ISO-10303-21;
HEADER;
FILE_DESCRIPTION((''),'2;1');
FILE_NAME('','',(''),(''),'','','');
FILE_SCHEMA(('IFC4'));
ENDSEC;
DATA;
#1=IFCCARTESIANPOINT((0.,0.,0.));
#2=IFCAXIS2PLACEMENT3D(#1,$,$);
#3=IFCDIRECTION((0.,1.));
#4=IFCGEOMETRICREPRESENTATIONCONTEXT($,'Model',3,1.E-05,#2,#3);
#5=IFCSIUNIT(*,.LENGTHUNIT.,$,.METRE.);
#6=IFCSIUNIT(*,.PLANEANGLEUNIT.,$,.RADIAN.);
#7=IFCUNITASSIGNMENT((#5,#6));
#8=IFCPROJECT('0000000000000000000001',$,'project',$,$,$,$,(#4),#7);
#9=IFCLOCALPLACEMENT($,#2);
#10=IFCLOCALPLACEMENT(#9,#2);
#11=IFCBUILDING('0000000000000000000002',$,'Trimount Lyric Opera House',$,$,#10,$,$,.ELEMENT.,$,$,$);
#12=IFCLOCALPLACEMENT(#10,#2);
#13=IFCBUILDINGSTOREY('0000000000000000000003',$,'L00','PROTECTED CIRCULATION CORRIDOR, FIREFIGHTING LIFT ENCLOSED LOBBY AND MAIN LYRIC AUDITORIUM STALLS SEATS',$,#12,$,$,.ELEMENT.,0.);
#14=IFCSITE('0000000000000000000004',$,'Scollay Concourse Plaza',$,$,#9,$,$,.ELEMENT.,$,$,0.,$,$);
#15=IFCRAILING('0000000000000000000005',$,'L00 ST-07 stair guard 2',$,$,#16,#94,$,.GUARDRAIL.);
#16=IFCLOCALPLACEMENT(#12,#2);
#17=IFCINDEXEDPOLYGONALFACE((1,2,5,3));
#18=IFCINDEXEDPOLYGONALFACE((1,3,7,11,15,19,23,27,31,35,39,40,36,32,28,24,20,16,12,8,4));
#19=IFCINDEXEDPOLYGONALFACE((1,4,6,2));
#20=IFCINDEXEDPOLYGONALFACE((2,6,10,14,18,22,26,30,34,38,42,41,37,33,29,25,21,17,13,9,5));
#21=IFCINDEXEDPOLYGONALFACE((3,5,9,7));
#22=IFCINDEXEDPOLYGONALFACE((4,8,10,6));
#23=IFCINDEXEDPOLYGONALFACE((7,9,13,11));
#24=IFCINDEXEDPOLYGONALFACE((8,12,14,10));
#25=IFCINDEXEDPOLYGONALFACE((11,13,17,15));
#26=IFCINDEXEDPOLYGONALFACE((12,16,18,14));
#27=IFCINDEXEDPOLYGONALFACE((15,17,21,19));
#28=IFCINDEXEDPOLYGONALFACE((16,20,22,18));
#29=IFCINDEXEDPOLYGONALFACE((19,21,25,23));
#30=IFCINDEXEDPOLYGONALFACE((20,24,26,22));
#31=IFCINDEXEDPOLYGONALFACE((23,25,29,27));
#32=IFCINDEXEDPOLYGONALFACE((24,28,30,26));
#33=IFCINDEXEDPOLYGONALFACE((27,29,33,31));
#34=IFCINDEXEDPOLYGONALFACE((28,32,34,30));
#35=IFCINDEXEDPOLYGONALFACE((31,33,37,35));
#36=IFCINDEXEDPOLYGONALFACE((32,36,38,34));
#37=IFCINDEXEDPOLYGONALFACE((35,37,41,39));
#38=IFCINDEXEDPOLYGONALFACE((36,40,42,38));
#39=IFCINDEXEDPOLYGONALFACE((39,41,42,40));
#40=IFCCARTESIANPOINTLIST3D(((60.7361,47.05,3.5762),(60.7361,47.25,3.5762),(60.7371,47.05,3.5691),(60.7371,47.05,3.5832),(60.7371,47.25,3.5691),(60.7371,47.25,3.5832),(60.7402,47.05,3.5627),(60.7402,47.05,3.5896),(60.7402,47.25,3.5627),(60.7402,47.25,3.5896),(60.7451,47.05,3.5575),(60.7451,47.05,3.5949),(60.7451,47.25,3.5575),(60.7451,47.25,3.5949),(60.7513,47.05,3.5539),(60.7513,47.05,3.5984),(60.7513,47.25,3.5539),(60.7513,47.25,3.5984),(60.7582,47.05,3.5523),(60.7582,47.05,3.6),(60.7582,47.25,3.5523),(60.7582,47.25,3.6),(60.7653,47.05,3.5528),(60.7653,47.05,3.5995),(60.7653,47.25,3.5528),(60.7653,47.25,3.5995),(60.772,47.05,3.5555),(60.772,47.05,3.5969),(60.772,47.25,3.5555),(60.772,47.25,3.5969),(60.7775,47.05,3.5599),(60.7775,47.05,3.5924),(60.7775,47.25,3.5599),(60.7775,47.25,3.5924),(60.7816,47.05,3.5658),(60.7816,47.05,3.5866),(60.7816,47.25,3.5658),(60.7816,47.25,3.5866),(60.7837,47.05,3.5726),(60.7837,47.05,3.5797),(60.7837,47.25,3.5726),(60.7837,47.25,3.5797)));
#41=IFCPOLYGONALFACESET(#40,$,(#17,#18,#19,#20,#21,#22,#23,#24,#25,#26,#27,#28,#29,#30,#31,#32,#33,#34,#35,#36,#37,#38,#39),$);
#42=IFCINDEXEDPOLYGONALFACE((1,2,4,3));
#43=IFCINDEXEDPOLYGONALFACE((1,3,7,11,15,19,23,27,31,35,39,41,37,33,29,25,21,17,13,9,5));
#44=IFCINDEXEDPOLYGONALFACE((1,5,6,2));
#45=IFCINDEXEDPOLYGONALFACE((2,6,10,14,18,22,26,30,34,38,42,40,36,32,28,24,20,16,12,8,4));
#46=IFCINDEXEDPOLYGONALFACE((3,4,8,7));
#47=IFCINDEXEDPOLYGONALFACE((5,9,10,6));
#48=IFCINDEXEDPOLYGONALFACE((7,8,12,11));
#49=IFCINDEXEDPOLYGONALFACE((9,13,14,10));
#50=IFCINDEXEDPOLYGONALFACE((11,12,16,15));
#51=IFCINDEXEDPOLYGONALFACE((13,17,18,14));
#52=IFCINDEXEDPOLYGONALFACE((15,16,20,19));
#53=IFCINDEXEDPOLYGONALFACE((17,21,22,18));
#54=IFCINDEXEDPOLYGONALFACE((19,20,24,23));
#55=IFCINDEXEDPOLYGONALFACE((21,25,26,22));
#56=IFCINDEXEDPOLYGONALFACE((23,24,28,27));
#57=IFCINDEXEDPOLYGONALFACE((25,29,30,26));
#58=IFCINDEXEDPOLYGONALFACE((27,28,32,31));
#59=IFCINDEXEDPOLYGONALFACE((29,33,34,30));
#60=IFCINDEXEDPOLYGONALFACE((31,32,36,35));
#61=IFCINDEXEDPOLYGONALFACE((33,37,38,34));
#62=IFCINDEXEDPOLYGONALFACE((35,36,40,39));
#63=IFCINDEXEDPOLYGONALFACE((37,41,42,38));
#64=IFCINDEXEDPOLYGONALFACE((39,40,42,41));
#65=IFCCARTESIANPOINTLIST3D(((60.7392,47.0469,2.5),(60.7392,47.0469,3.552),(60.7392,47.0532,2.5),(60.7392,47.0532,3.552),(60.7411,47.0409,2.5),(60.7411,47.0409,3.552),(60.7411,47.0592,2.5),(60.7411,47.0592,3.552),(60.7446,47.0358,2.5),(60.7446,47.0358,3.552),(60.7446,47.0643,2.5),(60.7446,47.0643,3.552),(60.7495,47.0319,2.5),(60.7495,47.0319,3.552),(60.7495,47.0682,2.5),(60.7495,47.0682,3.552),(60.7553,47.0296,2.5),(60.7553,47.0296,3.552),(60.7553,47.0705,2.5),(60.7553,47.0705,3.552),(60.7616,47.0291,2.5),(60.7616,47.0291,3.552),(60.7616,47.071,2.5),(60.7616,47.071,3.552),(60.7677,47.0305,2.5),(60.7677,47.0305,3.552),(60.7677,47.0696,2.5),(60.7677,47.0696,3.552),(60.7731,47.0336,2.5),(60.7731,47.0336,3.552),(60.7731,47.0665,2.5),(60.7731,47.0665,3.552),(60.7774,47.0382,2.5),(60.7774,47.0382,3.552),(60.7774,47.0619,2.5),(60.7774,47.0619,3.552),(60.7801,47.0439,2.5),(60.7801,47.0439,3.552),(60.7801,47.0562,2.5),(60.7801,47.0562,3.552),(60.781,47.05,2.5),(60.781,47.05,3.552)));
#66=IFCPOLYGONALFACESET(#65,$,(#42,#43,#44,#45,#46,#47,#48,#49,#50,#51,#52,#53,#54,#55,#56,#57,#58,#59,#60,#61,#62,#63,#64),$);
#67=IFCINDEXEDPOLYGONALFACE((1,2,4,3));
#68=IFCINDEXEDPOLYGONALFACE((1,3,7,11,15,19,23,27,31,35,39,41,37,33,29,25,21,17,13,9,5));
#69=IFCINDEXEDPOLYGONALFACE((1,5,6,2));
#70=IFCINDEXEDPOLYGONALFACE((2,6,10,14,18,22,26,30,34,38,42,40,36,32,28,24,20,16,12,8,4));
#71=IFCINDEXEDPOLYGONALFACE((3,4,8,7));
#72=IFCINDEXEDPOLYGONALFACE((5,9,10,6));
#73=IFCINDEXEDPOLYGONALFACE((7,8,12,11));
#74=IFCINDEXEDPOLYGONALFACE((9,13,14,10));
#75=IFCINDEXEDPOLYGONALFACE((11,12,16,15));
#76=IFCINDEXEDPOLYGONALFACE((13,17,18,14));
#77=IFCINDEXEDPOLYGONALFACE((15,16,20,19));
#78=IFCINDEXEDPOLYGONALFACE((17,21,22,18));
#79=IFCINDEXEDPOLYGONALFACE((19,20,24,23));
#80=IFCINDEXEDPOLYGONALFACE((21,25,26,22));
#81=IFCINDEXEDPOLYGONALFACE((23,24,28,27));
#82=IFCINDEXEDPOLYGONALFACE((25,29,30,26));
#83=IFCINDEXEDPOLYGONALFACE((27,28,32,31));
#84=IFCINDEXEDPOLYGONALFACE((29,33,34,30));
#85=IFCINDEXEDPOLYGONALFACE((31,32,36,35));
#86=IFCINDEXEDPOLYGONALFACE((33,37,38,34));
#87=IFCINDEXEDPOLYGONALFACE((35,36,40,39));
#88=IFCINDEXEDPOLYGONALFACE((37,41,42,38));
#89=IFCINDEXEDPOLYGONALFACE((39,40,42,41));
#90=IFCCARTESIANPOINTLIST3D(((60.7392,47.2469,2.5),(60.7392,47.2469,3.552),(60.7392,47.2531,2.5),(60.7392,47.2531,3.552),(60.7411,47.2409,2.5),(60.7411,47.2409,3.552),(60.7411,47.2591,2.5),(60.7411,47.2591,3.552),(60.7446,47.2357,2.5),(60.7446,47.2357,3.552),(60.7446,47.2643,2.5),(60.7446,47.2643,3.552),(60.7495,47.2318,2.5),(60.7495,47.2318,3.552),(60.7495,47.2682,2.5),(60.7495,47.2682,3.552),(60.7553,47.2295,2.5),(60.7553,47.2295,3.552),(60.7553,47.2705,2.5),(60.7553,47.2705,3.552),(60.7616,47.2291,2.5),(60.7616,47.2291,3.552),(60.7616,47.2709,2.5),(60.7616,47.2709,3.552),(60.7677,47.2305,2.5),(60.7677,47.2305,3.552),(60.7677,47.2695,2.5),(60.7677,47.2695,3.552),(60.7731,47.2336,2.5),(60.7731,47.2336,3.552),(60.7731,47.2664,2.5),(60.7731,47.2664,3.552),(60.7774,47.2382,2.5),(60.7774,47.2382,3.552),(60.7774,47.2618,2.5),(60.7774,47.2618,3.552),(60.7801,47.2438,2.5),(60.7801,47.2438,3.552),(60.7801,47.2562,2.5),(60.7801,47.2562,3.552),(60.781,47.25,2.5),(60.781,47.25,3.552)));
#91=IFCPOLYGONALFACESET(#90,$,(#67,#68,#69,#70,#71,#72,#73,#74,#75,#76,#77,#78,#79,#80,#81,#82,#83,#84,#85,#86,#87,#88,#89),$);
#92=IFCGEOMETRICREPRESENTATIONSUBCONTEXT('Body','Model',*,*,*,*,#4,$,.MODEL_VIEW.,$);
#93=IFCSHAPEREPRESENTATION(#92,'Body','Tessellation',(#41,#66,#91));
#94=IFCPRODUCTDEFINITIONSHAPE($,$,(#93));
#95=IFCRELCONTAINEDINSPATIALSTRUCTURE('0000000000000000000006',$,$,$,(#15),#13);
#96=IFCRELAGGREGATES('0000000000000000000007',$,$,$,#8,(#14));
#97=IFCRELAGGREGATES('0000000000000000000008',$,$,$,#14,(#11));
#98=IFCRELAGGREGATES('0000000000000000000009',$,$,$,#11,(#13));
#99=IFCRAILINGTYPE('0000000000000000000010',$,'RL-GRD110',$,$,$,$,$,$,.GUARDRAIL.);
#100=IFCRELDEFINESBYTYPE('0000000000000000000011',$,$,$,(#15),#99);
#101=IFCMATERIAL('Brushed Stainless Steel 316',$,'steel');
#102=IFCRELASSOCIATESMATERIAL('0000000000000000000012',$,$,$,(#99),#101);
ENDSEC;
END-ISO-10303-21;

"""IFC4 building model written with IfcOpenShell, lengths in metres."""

from ifc_helpers import new_model, si_unit, direction, frame, origin, origin_2d, place, context, subcontext, project, spatial, circle, extrude, material, type_object, element, save


model = new_model("IFC4")

# Units and contexts
model_context = context("Model", 3, precision=1e-05, world=origin(), true_north=direction((0.0, 1.0)))
body_context = subcontext(model_context, "Body", "Model", "MODEL_VIEW")
ifc_project = project(units=[si_unit("LENGTHUNIT", "METRE"), si_unit("PLANEANGLEUNIT", "RADIAN")], contexts=[model_context])

# Site, building, storey
site_placement = place(None, origin())
site = spatial("IfcSite", under=ifc_project, at=site_placement, Name="Scollay Concourse Plaza", CompositionType="ELEMENT", RefElevation=0.0)
building_placement = place(site_placement, origin())
building = spatial("IfcBuilding", under=site, at=building_placement, Name="Trimount Lyric Opera House", CompositionType="ELEMENT")
storey_placement = place(building_placement, origin())
storey = spatial("IfcBuildingStorey", under=building, at=storey_placement, Name="L00", Description="PROTECTED CIRCULATION CORRIDOR, FIREFIGHTING LIFT ENCLOSED LOBBY AND MAIN LYRIC AUDITORIUM STALLS SEATS", CompositionType="ELEMENT", Elevation=0.0)

# Railing
ifc_material_1 = material(Name="Brushed Stainless Steel 316", Category="steel")
railing_type_1 = type_object("IfcRailingType", Name="RL-GRD110", PredefinedType="GUARDRAIL", material=ifc_material_1)
railing_1_placement = place(storey_placement, frame((60.76, 47.05, 2.5)))
element("IfcRailing", 1, at=railing_1_placement, inside=storey, type_object=railing_type_1, Name="L00 ST-07 stair guard 2", PredefinedType="GUARDRAIL", context=body_context, shape_type="SweptSolid", body=[
    extrude(circle(Radius=0.0239, at=origin_2d()), frame((0.0, 0.0, 1.0762), z_axis=(0.0, 1.0, 0.0), x_axis=(-1.0, 0.0, 0.0)), (0.0, 0.0, 1.0), 0.2),
    extrude(circle(Radius=0.021, at=origin_2d()), origin(), (0.0, 0.0, 1.0), 1.052),
    extrude(circle(Radius=0.021, at=origin_2d()), frame((0.0, 0.2, 0.0)), (0.0, 0.0, 1.0), 1.052),
])

save(model, "model.ifc")
